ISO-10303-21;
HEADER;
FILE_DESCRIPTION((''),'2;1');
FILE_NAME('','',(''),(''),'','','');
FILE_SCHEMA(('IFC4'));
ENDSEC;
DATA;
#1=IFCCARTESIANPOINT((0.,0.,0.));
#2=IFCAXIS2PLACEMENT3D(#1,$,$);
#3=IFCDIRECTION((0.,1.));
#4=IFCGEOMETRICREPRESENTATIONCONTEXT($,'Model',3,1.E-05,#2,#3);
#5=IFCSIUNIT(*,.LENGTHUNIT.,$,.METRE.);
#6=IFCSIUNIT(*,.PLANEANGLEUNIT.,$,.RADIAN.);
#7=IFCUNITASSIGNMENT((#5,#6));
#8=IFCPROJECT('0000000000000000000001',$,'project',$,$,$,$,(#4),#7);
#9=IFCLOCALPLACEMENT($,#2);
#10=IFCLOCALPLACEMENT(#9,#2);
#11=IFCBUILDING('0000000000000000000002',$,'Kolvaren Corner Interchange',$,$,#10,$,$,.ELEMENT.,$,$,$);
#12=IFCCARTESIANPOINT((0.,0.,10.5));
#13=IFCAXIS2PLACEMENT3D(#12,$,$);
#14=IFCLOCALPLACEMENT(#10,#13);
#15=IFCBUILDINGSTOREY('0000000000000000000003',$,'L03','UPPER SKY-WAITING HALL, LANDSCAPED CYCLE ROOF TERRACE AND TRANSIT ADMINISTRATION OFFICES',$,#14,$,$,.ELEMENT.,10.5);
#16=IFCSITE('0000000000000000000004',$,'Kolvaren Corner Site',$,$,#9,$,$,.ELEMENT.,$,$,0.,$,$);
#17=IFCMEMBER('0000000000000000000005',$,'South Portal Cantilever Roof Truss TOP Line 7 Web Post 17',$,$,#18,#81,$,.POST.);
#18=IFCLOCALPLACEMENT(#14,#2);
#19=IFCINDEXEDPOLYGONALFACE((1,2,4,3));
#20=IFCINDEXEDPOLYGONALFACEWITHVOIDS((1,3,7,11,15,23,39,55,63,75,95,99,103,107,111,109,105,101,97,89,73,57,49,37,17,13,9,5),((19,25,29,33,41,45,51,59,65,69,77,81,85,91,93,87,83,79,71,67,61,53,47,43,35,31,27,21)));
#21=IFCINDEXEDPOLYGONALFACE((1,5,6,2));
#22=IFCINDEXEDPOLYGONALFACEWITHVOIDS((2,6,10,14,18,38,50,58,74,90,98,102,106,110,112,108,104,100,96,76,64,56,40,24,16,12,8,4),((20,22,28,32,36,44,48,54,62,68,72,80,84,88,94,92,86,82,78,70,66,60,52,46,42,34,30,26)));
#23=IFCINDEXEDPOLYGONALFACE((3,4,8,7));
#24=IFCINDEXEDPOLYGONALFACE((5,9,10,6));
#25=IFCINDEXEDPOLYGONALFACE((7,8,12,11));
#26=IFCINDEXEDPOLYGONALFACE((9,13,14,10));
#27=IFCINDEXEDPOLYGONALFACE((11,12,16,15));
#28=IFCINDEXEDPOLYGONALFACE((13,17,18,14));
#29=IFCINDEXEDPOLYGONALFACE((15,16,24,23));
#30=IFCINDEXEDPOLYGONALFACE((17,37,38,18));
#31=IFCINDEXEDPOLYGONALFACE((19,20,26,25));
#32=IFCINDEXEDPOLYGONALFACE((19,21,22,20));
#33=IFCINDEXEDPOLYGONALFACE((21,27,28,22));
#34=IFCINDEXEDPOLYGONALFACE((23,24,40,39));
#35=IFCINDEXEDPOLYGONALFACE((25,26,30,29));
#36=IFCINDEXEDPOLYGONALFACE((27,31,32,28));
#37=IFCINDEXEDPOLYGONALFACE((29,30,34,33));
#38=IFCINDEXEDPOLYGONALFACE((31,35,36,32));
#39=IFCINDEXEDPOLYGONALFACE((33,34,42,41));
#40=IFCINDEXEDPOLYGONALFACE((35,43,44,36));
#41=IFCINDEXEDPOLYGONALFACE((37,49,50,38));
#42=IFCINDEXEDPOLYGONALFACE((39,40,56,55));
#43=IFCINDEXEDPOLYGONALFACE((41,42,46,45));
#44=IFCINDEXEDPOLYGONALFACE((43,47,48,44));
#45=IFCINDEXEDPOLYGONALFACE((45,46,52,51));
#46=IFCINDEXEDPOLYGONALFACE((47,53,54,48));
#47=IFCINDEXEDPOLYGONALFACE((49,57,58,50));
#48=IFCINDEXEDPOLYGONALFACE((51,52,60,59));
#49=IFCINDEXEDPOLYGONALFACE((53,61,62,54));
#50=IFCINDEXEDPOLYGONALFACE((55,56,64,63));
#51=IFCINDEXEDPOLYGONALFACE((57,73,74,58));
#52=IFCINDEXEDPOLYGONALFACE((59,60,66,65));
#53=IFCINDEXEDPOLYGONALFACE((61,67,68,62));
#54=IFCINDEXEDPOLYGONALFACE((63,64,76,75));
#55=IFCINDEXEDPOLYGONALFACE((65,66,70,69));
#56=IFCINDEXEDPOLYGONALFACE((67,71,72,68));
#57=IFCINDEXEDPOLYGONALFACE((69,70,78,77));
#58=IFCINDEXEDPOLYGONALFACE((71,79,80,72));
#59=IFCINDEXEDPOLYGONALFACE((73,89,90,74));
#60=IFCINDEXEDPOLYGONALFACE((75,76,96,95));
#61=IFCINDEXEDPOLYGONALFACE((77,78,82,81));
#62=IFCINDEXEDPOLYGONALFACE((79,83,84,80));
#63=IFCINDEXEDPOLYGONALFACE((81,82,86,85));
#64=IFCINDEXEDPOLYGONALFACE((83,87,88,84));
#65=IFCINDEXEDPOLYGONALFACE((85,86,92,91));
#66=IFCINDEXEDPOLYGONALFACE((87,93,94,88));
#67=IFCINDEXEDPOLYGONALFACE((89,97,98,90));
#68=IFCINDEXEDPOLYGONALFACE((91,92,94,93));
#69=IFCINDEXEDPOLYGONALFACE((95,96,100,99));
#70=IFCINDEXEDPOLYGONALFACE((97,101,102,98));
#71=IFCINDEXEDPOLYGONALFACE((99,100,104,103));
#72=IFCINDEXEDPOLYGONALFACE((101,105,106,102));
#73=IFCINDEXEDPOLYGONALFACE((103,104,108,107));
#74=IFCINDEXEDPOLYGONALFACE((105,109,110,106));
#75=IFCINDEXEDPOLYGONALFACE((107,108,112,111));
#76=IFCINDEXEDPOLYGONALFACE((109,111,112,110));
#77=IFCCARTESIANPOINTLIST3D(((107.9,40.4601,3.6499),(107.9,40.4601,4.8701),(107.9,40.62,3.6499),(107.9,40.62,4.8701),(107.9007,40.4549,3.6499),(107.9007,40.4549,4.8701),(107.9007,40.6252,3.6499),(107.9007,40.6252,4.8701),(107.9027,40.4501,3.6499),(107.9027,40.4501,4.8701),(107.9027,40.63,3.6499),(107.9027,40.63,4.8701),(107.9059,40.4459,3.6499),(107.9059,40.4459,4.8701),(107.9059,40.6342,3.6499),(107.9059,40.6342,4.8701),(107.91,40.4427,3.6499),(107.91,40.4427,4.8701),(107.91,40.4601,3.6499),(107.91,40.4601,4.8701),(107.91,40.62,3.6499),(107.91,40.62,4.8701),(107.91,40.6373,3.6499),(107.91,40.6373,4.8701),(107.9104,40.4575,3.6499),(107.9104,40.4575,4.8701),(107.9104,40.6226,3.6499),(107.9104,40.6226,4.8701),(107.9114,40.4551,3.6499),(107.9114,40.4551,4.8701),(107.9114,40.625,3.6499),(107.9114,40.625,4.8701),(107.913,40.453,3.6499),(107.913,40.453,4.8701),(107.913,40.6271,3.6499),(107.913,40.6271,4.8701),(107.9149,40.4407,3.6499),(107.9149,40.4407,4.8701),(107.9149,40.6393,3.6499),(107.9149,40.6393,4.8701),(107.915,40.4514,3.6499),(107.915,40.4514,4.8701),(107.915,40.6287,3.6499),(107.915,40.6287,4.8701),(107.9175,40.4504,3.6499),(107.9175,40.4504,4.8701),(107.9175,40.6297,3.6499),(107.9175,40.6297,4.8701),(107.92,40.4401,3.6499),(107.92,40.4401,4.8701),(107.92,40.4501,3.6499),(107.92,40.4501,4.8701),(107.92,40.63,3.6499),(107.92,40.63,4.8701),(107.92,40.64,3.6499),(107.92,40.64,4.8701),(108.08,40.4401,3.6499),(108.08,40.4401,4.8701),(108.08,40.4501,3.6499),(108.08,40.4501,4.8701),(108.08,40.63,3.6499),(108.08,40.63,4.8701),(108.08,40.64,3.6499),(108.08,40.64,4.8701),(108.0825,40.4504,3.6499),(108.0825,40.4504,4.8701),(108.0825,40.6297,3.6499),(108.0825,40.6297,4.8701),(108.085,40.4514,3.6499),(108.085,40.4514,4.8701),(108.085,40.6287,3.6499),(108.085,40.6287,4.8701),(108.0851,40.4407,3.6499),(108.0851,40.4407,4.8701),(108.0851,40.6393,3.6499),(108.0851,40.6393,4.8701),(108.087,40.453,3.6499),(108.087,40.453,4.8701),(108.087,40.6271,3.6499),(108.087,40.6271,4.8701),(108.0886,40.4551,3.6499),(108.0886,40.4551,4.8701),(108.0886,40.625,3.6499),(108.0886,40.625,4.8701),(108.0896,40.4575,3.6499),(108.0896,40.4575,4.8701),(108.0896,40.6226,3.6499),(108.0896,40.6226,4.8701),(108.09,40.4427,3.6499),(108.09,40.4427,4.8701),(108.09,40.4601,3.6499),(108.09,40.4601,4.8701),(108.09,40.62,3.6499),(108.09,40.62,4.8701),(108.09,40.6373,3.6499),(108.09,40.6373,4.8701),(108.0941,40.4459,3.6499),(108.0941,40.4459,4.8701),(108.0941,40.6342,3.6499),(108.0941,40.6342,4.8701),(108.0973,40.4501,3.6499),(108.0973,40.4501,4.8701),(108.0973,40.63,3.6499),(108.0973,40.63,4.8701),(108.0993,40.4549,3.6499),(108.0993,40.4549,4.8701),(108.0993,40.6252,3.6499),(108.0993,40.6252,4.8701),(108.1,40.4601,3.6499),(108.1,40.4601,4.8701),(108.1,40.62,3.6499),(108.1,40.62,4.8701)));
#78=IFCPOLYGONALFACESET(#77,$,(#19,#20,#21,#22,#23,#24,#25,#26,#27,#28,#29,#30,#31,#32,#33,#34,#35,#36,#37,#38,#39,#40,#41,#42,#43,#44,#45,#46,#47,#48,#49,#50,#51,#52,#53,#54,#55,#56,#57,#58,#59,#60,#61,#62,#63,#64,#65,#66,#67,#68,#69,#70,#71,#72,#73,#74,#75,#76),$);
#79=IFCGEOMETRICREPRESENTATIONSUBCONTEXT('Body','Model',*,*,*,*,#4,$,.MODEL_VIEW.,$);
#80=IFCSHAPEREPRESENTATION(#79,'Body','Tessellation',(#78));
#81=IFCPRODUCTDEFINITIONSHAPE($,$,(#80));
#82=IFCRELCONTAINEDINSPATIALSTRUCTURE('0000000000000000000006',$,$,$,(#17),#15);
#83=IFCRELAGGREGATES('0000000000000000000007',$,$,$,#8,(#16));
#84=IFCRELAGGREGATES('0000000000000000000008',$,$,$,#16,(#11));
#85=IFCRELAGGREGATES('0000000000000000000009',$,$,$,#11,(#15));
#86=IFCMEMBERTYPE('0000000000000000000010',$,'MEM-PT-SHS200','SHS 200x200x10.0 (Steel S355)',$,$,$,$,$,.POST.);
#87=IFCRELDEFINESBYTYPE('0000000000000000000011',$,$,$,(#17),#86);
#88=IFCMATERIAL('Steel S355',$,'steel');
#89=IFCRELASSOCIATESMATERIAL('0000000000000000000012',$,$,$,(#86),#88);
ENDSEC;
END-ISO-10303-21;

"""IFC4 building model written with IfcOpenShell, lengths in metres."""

from ifc_helpers import new_model, si_unit, direction, frame, origin, origin_2d, place, context, subcontext, project, spatial, hollow_rectangle, extrude, material, material_profile, profile_set, type_object, element, save


model = new_model("IFC4")

# Units and contexts
model_context = context("Model", 3, precision=1e-05, world=origin(), true_north=direction((0.0, 1.0)))
body_context = subcontext(model_context, "Body", "Model", "MODEL_VIEW")
ifc_project = project(units=[si_unit("LENGTHUNIT", "METRE"), si_unit("PLANEANGLEUNIT", "RADIAN")], contexts=[model_context])

# Site, building, storey
site_placement = place(None, origin())
site = spatial("IfcSite", under=ifc_project, at=site_placement, Name="Kolvaren Corner Site", CompositionType="ELEMENT", RefElevation=0.0)
building_placement = place(site_placement, origin())
building = spatial("IfcBuilding", under=site, at=building_placement, Name="Kolvaren Corner Interchange", CompositionType="ELEMENT")
storey_placement = place(building_placement, frame((0.0, 0.0, 10.5)))
storey = spatial("IfcBuildingStorey", under=building, at=storey_placement, Name="L03", Description="UPPER SKY-WAITING HALL, LANDSCAPED CYCLE ROOF TERRACE AND TRANSIT ADMINISTRATION OFFICES", CompositionType="ELEMENT", Elevation=10.5)

# Member
ifc_material_1 = material(Name="Steel S355", Category="steel")
ifc_material_profile_1 = material_profile(ifc_material_1, hollow_rectangle(XDim=0.2, YDim=0.2, WallThickness=0.01, InnerFilletRadius=0.01, OuterFilletRadius=0.02, at=origin_2d()), Name="SHS 200x200x10.0")
ifc_profile_set_1 = profile_set([ifc_material_profile_1], Name="Steel S355")
member_type_1 = type_object("IfcMemberType", Name="MEM-PT-SHS200", Description="SHS 200x200x10.0 (Steel S355)", PredefinedType="POST", material=ifc_profile_set_1)
for number, where, z_axis, x_axis, name in (
    (1, (108.0, 40.54, 3.6499), (0.0, 0.0, 1.0), (1.0, 0.0, 0.0), "South Portal Cantilever Roof Truss TOP Line 7 Web Post 17"),
):
    element("IfcMember", number, at=place(storey_placement, frame(where, z_axis=z_axis, x_axis=x_axis)), inside=storey, type_object=member_type_1, Name=name, PredefinedType="POST", context=body_context, shape_type="SweptSolid", body=[
        extrude(hollow_rectangle(XDim=0.2, YDim=0.2, WallThickness=0.01, InnerFilletRadius=0.01, OuterFilletRadius=0.02, at=origin_2d()), origin(), (0.0, 0.0, 1.0), 1.2202),
    ])

save(model, "model.ifc")
